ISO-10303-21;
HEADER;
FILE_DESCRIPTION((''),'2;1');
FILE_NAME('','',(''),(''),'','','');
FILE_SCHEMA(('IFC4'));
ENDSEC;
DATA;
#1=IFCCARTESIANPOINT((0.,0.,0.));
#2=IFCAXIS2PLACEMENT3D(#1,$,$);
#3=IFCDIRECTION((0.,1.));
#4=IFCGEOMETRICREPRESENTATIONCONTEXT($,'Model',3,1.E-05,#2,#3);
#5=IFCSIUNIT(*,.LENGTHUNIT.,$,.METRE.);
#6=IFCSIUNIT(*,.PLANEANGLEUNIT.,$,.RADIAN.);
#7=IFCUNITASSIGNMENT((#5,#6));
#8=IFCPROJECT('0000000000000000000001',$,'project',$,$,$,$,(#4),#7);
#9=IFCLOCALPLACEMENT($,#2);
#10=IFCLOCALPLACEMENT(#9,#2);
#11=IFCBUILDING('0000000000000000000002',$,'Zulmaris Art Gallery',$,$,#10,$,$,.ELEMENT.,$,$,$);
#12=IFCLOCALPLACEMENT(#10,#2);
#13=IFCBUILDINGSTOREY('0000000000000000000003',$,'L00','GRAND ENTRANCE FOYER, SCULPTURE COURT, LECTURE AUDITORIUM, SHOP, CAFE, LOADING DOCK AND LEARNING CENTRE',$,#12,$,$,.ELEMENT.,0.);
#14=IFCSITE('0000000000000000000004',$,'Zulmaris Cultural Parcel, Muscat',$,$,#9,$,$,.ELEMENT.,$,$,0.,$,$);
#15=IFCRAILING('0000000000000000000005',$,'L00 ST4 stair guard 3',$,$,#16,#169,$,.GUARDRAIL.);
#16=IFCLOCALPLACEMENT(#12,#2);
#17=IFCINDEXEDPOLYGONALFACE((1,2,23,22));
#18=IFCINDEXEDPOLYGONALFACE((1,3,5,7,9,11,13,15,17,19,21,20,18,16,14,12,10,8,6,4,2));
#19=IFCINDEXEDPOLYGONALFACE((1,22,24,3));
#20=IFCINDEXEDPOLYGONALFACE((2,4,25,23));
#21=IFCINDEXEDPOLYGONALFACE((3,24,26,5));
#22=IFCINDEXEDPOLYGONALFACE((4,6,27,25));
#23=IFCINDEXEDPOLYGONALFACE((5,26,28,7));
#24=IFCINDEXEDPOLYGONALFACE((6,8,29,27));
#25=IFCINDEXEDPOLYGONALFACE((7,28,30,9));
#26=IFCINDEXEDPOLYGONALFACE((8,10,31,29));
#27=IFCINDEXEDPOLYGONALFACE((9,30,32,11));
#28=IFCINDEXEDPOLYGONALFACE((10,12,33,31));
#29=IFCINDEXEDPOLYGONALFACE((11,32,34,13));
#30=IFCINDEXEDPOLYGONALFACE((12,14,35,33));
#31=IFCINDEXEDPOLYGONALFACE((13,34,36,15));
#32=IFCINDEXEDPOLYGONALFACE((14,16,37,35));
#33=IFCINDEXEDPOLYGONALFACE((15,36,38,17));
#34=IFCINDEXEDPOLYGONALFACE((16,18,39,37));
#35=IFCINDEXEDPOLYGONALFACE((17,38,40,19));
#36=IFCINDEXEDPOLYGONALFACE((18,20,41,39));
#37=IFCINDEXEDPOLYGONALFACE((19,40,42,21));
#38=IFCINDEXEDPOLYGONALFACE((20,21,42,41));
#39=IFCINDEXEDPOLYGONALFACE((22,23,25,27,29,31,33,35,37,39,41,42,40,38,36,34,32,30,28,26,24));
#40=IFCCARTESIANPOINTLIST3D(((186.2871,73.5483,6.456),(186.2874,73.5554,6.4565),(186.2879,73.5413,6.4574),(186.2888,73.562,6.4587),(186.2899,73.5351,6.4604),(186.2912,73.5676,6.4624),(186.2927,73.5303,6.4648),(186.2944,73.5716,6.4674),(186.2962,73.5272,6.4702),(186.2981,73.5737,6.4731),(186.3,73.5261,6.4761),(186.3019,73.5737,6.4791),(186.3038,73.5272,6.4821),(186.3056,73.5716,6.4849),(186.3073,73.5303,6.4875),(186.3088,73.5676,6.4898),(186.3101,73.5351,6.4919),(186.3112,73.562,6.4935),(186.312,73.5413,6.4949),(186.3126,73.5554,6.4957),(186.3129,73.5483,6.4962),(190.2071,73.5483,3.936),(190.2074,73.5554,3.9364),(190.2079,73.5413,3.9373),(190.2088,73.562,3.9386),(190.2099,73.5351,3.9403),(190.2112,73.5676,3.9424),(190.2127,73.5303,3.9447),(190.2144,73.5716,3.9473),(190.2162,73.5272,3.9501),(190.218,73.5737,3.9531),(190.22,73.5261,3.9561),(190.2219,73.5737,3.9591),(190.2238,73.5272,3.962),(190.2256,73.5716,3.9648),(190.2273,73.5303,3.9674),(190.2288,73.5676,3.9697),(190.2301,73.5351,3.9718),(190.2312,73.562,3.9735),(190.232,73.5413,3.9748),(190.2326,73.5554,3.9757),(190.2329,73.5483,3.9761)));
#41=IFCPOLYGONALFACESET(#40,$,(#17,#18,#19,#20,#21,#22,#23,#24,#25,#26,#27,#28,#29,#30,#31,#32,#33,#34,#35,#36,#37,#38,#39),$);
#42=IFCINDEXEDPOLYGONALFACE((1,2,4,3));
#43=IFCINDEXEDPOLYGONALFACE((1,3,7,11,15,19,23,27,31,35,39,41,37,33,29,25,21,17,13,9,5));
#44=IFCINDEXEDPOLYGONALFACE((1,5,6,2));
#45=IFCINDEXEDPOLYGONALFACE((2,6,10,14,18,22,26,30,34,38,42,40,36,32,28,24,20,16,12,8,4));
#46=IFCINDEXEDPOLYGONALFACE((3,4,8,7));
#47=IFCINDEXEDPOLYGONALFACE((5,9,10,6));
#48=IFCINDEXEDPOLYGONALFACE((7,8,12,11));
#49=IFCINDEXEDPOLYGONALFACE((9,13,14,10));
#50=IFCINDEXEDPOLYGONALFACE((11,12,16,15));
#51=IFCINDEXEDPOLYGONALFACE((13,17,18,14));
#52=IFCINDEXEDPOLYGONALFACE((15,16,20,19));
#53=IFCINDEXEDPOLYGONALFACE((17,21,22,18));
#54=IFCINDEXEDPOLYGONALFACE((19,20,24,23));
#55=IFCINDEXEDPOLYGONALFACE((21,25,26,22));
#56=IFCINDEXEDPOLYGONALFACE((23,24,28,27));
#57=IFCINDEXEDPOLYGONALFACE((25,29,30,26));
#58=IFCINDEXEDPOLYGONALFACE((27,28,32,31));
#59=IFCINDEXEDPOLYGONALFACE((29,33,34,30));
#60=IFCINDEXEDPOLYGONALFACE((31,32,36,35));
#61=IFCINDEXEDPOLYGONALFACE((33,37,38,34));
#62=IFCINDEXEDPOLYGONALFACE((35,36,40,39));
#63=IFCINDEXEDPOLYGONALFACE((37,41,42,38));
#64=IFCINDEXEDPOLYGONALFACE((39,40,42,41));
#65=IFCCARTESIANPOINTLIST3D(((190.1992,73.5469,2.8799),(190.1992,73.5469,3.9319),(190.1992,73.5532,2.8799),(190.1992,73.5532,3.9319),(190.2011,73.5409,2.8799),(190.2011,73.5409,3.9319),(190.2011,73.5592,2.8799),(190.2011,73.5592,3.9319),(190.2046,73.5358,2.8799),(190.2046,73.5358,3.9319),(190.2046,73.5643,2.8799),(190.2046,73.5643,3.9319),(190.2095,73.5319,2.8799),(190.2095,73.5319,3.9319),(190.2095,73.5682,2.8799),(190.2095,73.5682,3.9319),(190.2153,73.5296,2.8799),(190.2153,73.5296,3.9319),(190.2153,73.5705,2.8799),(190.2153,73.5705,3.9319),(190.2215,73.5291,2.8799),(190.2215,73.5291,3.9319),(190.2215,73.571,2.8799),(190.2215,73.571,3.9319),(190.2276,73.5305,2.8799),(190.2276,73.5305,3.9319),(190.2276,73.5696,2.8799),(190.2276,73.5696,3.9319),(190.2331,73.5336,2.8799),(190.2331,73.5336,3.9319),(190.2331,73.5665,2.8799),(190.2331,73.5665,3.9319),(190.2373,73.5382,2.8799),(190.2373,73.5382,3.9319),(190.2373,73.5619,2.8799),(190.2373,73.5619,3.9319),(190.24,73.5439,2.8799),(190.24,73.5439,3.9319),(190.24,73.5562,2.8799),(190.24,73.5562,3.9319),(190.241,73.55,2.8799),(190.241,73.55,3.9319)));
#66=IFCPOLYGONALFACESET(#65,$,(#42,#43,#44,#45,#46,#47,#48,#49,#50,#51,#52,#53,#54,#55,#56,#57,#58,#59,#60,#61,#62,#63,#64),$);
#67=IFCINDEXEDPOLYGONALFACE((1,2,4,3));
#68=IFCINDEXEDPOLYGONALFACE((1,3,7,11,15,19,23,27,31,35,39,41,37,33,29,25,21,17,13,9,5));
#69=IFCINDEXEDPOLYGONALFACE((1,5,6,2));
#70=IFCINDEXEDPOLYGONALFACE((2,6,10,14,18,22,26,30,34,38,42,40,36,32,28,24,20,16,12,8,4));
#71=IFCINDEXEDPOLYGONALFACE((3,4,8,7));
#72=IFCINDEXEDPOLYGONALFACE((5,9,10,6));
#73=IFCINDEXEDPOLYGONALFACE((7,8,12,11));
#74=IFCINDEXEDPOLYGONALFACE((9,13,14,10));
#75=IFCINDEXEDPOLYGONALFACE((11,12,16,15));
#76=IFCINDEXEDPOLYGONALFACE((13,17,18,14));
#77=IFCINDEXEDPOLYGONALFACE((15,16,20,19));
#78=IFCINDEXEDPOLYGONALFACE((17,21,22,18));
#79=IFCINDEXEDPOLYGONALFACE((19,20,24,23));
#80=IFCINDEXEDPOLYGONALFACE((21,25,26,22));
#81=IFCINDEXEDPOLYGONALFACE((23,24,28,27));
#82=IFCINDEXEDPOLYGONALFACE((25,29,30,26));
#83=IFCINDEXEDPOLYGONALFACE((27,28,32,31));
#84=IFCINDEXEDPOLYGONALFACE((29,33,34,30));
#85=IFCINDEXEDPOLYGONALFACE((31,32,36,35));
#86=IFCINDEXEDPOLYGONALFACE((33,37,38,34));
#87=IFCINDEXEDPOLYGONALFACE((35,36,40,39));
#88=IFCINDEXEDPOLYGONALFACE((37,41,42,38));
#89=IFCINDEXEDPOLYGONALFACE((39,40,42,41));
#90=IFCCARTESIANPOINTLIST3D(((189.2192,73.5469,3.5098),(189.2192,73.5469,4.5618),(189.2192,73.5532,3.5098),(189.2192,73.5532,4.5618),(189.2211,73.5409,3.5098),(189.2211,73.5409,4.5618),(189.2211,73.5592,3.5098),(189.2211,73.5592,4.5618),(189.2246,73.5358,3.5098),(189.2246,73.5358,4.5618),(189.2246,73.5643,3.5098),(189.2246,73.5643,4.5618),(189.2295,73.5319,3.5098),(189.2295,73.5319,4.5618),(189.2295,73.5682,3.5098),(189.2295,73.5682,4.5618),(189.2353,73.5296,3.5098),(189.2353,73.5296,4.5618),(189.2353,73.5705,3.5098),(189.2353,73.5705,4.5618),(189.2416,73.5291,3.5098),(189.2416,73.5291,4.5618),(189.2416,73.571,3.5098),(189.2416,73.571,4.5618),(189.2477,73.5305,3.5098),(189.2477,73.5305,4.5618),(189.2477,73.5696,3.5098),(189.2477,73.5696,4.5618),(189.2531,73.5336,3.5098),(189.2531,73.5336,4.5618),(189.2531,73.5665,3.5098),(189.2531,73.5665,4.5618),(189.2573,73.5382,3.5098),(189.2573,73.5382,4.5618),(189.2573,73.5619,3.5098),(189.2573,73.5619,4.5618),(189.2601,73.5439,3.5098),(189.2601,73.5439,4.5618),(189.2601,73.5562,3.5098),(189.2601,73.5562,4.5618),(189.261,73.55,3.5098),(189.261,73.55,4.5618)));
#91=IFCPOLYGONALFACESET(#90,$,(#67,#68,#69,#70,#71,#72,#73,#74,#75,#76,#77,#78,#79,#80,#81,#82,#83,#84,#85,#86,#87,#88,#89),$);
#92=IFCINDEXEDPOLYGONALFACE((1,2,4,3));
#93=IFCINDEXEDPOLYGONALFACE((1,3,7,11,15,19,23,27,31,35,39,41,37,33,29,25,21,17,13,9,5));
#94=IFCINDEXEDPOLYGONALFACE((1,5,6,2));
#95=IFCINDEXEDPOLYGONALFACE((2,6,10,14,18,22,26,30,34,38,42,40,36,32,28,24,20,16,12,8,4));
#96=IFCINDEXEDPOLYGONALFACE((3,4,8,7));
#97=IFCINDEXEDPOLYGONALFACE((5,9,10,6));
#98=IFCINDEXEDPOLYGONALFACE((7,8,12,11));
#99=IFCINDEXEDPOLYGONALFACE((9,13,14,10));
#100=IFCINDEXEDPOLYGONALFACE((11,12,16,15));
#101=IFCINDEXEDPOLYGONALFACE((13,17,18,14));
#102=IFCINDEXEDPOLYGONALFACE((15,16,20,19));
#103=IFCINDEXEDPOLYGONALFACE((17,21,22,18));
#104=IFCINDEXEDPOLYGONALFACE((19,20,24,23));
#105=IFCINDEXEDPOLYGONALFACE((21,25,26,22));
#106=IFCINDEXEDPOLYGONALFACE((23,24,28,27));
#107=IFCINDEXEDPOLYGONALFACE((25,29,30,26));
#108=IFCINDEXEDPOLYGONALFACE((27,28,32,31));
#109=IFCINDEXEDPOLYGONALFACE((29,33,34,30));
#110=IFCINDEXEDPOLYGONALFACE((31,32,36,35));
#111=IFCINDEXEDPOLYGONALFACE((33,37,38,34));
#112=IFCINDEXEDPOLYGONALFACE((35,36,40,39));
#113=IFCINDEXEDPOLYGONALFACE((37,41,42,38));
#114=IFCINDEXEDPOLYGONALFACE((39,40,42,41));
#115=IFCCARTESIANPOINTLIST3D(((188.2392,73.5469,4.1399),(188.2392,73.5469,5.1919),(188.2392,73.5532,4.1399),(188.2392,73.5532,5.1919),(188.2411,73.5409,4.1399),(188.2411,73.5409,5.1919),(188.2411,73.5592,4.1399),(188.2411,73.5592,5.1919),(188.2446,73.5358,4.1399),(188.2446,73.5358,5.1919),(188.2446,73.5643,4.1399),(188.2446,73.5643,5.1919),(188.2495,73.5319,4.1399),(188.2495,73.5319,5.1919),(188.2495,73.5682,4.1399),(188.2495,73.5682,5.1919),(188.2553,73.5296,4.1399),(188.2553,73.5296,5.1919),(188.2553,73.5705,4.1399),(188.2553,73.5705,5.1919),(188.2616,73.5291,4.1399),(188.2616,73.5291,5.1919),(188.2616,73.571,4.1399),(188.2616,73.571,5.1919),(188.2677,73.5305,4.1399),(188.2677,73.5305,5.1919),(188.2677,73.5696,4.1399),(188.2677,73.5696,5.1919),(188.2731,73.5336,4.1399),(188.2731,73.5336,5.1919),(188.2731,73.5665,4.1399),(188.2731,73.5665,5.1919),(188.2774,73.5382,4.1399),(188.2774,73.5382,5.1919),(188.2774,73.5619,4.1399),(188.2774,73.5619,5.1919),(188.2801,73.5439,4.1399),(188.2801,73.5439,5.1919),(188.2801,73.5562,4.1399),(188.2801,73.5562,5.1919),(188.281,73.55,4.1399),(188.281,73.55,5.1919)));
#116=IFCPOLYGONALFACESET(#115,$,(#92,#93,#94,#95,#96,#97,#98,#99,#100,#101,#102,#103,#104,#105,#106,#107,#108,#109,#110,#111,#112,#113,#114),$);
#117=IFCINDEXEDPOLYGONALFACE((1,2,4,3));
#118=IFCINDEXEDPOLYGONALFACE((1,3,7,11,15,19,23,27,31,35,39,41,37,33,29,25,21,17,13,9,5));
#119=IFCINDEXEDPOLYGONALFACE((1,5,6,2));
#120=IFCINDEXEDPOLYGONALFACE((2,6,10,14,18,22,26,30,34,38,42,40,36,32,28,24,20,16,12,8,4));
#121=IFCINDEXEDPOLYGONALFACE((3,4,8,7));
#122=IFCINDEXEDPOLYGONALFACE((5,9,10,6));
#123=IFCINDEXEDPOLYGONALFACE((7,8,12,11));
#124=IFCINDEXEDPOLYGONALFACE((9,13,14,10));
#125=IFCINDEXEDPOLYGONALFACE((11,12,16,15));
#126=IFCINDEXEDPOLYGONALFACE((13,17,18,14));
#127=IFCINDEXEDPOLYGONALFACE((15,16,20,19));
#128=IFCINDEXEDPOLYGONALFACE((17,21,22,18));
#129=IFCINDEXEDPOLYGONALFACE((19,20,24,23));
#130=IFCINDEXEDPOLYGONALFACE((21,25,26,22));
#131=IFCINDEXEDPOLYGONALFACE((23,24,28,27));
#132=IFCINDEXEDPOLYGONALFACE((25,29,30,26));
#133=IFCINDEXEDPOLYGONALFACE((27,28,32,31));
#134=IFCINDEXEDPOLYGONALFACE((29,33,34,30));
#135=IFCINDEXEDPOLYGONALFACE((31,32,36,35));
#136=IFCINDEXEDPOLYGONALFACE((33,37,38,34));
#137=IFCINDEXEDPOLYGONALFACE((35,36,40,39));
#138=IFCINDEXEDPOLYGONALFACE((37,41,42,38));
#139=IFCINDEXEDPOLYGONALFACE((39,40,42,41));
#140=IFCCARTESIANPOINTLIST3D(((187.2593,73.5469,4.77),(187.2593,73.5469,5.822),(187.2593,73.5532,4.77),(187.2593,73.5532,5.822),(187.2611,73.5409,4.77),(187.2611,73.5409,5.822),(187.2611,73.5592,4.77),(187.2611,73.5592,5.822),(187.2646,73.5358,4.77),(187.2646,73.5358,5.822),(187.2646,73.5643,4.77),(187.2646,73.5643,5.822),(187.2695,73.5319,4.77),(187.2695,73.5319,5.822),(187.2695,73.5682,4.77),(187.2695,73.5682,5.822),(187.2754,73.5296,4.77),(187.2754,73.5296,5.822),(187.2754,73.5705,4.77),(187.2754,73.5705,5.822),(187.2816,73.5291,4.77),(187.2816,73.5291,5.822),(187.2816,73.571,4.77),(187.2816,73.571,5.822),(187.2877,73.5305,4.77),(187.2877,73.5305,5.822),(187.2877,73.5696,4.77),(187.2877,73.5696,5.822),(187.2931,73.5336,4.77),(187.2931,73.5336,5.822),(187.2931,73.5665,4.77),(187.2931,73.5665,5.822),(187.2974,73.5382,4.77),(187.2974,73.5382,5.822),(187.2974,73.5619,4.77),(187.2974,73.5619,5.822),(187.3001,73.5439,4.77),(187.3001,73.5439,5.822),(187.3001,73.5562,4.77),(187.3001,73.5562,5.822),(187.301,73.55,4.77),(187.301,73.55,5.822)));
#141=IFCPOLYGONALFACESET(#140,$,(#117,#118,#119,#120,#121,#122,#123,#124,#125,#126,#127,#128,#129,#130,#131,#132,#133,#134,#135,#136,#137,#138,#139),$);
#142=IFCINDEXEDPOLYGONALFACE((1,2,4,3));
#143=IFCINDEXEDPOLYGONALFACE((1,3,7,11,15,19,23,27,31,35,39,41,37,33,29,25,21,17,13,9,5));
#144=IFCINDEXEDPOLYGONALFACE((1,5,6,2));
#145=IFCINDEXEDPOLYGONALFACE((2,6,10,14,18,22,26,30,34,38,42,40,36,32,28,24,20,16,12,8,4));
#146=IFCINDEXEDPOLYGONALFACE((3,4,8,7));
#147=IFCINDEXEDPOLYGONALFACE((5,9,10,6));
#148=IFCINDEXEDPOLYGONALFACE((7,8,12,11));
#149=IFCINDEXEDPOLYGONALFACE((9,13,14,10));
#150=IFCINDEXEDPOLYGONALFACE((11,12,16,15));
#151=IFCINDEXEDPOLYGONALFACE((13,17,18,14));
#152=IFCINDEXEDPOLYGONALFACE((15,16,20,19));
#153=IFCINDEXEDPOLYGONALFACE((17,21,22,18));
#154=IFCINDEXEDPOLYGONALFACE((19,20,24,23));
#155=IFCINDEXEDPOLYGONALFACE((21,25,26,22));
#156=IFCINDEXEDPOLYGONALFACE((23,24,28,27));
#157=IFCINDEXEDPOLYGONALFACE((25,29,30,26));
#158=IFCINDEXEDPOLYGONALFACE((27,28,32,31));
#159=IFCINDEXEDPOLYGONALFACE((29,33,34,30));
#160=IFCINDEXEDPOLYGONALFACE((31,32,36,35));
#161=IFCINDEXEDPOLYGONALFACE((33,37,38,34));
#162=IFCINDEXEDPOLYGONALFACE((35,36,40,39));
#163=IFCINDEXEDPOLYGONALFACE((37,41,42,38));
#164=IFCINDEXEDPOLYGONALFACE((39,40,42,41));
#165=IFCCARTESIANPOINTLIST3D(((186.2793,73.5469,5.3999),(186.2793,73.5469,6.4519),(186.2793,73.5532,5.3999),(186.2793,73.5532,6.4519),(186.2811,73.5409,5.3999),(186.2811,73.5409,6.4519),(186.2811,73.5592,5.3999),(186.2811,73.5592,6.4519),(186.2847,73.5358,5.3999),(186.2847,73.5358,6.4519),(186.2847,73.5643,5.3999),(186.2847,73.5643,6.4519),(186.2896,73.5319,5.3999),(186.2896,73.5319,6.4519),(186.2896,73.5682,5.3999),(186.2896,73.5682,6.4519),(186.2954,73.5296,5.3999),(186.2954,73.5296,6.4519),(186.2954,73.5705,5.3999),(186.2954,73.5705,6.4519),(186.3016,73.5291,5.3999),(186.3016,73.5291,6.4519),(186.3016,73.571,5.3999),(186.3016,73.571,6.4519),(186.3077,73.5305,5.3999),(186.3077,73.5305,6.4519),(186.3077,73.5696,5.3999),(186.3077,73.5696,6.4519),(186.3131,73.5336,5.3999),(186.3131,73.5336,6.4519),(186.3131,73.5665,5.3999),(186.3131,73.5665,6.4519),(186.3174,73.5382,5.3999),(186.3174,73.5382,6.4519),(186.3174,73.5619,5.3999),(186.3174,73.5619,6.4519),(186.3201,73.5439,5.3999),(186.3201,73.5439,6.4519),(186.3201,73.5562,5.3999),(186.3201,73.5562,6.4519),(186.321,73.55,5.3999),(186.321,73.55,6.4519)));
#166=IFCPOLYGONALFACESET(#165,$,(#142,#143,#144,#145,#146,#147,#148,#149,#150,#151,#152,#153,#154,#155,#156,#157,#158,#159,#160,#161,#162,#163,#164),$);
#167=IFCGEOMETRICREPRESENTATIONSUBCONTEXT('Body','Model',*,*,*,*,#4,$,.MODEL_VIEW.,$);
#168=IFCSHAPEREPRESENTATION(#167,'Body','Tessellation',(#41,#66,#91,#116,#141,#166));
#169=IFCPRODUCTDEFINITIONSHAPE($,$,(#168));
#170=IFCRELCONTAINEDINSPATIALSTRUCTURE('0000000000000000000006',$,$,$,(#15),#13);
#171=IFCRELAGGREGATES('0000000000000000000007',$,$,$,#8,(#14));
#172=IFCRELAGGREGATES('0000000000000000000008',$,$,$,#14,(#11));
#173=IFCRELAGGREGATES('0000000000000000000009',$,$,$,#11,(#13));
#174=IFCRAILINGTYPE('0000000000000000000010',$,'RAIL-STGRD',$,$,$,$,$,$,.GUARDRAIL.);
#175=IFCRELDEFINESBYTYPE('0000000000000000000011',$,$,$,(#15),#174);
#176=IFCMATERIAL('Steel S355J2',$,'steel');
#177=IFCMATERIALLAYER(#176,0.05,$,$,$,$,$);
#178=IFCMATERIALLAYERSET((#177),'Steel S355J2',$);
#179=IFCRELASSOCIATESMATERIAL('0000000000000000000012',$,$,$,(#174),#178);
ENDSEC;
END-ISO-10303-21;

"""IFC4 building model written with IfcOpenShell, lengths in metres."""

from ifc_helpers import new_model, si_unit, direction, frame, origin, origin_2d, place, context, subcontext, project, spatial, circle, extrude, material, layer, layer_set, type_object, element, save


model = new_model("IFC4")

# Units and contexts
model_context = context("Model", 3, precision=1e-05, world=origin(), true_north=direction((0.0, 1.0)))
body_context = subcontext(model_context, "Body", "Model", "MODEL_VIEW")
ifc_project = project(units=[si_unit("LENGTHUNIT", "METRE"), si_unit("PLANEANGLEUNIT", "RADIAN")], contexts=[model_context])

# Site, building, storey
site_placement = place(None, origin())
site = spatial("IfcSite", under=ifc_project, at=site_placement, Name="Zulmaris Cultural Parcel, Muscat", CompositionType="ELEMENT", RefElevation=0.0)
building_placement = place(site_placement, origin())
building = spatial("IfcBuilding", under=site, at=building_placement, Name="Zulmaris Art Gallery", CompositionType="ELEMENT")
storey_placement = place(building_placement, origin())
storey = spatial("IfcBuildingStorey", under=building, at=storey_placement, Name="L00", Description="GRAND ENTRANCE FOYER, SCULPTURE COURT, LECTURE AUDITORIUM, SHOP, CAFE, LOADING DOCK AND LEARNING CENTRE", CompositionType="ELEMENT", Elevation=0.0)

# Railing
ifc_material_1 = material(Name="Steel S355J2", Category="steel")
ifc_layer_1 = layer(ifc_material_1, 0.05)
ifc_layer_set_1 = layer_set([ifc_layer_1], Name="Steel S355J2")
railing_type_1 = type_object("IfcRailingType", Name="RAIL-STGRD", PredefinedType="GUARDRAIL", material=ifc_layer_set_1)
railing_1_placement = place(storey_placement, frame((190.22, 73.55, 2.8799)))
element("IfcRailing", 1, at=railing_1_placement, inside=storey, type_object=railing_type_1, Name="L00 ST4 stair guard 3", PredefinedType="GUARDRAIL", context=body_context, shape_type="SweptSolid", body=[
    extrude(circle(Radius=0.0239, at=origin_2d()), frame((0.0, 0.0, 1.0762), z_axis=(-0.841172, 0.0, 0.540768), x_axis=(0.0, -1.0, 0.0)), (0.0, 0.0, 1.0), 4.6602),
    extrude(circle(Radius=0.021, at=origin_2d()), origin(), (0.0, 0.0, 1.0), 1.052),
    extrude(circle(Radius=0.021, at=origin_2d()), frame((-0.98, 0.0, 0.6299)), (0.0, 0.0, 1.0), 1.052),
    extrude(circle(Radius=0.021, at=origin_2d()), frame((-1.96, 0.0, 1.26)), (0.0, 0.0, 1.0), 1.052),
    extrude(circle(Radius=0.021, at=origin_2d()), frame((-2.9399, 0.0, 1.8901)), (0.0, 0.0, 1.0), 1.052),
    extrude(circle(Radius=0.021, at=origin_2d()), frame((-3.9199, 0.0, 2.52)), (0.0, 0.0, 1.0), 1.052),
])

save(model, "model.ifc")
